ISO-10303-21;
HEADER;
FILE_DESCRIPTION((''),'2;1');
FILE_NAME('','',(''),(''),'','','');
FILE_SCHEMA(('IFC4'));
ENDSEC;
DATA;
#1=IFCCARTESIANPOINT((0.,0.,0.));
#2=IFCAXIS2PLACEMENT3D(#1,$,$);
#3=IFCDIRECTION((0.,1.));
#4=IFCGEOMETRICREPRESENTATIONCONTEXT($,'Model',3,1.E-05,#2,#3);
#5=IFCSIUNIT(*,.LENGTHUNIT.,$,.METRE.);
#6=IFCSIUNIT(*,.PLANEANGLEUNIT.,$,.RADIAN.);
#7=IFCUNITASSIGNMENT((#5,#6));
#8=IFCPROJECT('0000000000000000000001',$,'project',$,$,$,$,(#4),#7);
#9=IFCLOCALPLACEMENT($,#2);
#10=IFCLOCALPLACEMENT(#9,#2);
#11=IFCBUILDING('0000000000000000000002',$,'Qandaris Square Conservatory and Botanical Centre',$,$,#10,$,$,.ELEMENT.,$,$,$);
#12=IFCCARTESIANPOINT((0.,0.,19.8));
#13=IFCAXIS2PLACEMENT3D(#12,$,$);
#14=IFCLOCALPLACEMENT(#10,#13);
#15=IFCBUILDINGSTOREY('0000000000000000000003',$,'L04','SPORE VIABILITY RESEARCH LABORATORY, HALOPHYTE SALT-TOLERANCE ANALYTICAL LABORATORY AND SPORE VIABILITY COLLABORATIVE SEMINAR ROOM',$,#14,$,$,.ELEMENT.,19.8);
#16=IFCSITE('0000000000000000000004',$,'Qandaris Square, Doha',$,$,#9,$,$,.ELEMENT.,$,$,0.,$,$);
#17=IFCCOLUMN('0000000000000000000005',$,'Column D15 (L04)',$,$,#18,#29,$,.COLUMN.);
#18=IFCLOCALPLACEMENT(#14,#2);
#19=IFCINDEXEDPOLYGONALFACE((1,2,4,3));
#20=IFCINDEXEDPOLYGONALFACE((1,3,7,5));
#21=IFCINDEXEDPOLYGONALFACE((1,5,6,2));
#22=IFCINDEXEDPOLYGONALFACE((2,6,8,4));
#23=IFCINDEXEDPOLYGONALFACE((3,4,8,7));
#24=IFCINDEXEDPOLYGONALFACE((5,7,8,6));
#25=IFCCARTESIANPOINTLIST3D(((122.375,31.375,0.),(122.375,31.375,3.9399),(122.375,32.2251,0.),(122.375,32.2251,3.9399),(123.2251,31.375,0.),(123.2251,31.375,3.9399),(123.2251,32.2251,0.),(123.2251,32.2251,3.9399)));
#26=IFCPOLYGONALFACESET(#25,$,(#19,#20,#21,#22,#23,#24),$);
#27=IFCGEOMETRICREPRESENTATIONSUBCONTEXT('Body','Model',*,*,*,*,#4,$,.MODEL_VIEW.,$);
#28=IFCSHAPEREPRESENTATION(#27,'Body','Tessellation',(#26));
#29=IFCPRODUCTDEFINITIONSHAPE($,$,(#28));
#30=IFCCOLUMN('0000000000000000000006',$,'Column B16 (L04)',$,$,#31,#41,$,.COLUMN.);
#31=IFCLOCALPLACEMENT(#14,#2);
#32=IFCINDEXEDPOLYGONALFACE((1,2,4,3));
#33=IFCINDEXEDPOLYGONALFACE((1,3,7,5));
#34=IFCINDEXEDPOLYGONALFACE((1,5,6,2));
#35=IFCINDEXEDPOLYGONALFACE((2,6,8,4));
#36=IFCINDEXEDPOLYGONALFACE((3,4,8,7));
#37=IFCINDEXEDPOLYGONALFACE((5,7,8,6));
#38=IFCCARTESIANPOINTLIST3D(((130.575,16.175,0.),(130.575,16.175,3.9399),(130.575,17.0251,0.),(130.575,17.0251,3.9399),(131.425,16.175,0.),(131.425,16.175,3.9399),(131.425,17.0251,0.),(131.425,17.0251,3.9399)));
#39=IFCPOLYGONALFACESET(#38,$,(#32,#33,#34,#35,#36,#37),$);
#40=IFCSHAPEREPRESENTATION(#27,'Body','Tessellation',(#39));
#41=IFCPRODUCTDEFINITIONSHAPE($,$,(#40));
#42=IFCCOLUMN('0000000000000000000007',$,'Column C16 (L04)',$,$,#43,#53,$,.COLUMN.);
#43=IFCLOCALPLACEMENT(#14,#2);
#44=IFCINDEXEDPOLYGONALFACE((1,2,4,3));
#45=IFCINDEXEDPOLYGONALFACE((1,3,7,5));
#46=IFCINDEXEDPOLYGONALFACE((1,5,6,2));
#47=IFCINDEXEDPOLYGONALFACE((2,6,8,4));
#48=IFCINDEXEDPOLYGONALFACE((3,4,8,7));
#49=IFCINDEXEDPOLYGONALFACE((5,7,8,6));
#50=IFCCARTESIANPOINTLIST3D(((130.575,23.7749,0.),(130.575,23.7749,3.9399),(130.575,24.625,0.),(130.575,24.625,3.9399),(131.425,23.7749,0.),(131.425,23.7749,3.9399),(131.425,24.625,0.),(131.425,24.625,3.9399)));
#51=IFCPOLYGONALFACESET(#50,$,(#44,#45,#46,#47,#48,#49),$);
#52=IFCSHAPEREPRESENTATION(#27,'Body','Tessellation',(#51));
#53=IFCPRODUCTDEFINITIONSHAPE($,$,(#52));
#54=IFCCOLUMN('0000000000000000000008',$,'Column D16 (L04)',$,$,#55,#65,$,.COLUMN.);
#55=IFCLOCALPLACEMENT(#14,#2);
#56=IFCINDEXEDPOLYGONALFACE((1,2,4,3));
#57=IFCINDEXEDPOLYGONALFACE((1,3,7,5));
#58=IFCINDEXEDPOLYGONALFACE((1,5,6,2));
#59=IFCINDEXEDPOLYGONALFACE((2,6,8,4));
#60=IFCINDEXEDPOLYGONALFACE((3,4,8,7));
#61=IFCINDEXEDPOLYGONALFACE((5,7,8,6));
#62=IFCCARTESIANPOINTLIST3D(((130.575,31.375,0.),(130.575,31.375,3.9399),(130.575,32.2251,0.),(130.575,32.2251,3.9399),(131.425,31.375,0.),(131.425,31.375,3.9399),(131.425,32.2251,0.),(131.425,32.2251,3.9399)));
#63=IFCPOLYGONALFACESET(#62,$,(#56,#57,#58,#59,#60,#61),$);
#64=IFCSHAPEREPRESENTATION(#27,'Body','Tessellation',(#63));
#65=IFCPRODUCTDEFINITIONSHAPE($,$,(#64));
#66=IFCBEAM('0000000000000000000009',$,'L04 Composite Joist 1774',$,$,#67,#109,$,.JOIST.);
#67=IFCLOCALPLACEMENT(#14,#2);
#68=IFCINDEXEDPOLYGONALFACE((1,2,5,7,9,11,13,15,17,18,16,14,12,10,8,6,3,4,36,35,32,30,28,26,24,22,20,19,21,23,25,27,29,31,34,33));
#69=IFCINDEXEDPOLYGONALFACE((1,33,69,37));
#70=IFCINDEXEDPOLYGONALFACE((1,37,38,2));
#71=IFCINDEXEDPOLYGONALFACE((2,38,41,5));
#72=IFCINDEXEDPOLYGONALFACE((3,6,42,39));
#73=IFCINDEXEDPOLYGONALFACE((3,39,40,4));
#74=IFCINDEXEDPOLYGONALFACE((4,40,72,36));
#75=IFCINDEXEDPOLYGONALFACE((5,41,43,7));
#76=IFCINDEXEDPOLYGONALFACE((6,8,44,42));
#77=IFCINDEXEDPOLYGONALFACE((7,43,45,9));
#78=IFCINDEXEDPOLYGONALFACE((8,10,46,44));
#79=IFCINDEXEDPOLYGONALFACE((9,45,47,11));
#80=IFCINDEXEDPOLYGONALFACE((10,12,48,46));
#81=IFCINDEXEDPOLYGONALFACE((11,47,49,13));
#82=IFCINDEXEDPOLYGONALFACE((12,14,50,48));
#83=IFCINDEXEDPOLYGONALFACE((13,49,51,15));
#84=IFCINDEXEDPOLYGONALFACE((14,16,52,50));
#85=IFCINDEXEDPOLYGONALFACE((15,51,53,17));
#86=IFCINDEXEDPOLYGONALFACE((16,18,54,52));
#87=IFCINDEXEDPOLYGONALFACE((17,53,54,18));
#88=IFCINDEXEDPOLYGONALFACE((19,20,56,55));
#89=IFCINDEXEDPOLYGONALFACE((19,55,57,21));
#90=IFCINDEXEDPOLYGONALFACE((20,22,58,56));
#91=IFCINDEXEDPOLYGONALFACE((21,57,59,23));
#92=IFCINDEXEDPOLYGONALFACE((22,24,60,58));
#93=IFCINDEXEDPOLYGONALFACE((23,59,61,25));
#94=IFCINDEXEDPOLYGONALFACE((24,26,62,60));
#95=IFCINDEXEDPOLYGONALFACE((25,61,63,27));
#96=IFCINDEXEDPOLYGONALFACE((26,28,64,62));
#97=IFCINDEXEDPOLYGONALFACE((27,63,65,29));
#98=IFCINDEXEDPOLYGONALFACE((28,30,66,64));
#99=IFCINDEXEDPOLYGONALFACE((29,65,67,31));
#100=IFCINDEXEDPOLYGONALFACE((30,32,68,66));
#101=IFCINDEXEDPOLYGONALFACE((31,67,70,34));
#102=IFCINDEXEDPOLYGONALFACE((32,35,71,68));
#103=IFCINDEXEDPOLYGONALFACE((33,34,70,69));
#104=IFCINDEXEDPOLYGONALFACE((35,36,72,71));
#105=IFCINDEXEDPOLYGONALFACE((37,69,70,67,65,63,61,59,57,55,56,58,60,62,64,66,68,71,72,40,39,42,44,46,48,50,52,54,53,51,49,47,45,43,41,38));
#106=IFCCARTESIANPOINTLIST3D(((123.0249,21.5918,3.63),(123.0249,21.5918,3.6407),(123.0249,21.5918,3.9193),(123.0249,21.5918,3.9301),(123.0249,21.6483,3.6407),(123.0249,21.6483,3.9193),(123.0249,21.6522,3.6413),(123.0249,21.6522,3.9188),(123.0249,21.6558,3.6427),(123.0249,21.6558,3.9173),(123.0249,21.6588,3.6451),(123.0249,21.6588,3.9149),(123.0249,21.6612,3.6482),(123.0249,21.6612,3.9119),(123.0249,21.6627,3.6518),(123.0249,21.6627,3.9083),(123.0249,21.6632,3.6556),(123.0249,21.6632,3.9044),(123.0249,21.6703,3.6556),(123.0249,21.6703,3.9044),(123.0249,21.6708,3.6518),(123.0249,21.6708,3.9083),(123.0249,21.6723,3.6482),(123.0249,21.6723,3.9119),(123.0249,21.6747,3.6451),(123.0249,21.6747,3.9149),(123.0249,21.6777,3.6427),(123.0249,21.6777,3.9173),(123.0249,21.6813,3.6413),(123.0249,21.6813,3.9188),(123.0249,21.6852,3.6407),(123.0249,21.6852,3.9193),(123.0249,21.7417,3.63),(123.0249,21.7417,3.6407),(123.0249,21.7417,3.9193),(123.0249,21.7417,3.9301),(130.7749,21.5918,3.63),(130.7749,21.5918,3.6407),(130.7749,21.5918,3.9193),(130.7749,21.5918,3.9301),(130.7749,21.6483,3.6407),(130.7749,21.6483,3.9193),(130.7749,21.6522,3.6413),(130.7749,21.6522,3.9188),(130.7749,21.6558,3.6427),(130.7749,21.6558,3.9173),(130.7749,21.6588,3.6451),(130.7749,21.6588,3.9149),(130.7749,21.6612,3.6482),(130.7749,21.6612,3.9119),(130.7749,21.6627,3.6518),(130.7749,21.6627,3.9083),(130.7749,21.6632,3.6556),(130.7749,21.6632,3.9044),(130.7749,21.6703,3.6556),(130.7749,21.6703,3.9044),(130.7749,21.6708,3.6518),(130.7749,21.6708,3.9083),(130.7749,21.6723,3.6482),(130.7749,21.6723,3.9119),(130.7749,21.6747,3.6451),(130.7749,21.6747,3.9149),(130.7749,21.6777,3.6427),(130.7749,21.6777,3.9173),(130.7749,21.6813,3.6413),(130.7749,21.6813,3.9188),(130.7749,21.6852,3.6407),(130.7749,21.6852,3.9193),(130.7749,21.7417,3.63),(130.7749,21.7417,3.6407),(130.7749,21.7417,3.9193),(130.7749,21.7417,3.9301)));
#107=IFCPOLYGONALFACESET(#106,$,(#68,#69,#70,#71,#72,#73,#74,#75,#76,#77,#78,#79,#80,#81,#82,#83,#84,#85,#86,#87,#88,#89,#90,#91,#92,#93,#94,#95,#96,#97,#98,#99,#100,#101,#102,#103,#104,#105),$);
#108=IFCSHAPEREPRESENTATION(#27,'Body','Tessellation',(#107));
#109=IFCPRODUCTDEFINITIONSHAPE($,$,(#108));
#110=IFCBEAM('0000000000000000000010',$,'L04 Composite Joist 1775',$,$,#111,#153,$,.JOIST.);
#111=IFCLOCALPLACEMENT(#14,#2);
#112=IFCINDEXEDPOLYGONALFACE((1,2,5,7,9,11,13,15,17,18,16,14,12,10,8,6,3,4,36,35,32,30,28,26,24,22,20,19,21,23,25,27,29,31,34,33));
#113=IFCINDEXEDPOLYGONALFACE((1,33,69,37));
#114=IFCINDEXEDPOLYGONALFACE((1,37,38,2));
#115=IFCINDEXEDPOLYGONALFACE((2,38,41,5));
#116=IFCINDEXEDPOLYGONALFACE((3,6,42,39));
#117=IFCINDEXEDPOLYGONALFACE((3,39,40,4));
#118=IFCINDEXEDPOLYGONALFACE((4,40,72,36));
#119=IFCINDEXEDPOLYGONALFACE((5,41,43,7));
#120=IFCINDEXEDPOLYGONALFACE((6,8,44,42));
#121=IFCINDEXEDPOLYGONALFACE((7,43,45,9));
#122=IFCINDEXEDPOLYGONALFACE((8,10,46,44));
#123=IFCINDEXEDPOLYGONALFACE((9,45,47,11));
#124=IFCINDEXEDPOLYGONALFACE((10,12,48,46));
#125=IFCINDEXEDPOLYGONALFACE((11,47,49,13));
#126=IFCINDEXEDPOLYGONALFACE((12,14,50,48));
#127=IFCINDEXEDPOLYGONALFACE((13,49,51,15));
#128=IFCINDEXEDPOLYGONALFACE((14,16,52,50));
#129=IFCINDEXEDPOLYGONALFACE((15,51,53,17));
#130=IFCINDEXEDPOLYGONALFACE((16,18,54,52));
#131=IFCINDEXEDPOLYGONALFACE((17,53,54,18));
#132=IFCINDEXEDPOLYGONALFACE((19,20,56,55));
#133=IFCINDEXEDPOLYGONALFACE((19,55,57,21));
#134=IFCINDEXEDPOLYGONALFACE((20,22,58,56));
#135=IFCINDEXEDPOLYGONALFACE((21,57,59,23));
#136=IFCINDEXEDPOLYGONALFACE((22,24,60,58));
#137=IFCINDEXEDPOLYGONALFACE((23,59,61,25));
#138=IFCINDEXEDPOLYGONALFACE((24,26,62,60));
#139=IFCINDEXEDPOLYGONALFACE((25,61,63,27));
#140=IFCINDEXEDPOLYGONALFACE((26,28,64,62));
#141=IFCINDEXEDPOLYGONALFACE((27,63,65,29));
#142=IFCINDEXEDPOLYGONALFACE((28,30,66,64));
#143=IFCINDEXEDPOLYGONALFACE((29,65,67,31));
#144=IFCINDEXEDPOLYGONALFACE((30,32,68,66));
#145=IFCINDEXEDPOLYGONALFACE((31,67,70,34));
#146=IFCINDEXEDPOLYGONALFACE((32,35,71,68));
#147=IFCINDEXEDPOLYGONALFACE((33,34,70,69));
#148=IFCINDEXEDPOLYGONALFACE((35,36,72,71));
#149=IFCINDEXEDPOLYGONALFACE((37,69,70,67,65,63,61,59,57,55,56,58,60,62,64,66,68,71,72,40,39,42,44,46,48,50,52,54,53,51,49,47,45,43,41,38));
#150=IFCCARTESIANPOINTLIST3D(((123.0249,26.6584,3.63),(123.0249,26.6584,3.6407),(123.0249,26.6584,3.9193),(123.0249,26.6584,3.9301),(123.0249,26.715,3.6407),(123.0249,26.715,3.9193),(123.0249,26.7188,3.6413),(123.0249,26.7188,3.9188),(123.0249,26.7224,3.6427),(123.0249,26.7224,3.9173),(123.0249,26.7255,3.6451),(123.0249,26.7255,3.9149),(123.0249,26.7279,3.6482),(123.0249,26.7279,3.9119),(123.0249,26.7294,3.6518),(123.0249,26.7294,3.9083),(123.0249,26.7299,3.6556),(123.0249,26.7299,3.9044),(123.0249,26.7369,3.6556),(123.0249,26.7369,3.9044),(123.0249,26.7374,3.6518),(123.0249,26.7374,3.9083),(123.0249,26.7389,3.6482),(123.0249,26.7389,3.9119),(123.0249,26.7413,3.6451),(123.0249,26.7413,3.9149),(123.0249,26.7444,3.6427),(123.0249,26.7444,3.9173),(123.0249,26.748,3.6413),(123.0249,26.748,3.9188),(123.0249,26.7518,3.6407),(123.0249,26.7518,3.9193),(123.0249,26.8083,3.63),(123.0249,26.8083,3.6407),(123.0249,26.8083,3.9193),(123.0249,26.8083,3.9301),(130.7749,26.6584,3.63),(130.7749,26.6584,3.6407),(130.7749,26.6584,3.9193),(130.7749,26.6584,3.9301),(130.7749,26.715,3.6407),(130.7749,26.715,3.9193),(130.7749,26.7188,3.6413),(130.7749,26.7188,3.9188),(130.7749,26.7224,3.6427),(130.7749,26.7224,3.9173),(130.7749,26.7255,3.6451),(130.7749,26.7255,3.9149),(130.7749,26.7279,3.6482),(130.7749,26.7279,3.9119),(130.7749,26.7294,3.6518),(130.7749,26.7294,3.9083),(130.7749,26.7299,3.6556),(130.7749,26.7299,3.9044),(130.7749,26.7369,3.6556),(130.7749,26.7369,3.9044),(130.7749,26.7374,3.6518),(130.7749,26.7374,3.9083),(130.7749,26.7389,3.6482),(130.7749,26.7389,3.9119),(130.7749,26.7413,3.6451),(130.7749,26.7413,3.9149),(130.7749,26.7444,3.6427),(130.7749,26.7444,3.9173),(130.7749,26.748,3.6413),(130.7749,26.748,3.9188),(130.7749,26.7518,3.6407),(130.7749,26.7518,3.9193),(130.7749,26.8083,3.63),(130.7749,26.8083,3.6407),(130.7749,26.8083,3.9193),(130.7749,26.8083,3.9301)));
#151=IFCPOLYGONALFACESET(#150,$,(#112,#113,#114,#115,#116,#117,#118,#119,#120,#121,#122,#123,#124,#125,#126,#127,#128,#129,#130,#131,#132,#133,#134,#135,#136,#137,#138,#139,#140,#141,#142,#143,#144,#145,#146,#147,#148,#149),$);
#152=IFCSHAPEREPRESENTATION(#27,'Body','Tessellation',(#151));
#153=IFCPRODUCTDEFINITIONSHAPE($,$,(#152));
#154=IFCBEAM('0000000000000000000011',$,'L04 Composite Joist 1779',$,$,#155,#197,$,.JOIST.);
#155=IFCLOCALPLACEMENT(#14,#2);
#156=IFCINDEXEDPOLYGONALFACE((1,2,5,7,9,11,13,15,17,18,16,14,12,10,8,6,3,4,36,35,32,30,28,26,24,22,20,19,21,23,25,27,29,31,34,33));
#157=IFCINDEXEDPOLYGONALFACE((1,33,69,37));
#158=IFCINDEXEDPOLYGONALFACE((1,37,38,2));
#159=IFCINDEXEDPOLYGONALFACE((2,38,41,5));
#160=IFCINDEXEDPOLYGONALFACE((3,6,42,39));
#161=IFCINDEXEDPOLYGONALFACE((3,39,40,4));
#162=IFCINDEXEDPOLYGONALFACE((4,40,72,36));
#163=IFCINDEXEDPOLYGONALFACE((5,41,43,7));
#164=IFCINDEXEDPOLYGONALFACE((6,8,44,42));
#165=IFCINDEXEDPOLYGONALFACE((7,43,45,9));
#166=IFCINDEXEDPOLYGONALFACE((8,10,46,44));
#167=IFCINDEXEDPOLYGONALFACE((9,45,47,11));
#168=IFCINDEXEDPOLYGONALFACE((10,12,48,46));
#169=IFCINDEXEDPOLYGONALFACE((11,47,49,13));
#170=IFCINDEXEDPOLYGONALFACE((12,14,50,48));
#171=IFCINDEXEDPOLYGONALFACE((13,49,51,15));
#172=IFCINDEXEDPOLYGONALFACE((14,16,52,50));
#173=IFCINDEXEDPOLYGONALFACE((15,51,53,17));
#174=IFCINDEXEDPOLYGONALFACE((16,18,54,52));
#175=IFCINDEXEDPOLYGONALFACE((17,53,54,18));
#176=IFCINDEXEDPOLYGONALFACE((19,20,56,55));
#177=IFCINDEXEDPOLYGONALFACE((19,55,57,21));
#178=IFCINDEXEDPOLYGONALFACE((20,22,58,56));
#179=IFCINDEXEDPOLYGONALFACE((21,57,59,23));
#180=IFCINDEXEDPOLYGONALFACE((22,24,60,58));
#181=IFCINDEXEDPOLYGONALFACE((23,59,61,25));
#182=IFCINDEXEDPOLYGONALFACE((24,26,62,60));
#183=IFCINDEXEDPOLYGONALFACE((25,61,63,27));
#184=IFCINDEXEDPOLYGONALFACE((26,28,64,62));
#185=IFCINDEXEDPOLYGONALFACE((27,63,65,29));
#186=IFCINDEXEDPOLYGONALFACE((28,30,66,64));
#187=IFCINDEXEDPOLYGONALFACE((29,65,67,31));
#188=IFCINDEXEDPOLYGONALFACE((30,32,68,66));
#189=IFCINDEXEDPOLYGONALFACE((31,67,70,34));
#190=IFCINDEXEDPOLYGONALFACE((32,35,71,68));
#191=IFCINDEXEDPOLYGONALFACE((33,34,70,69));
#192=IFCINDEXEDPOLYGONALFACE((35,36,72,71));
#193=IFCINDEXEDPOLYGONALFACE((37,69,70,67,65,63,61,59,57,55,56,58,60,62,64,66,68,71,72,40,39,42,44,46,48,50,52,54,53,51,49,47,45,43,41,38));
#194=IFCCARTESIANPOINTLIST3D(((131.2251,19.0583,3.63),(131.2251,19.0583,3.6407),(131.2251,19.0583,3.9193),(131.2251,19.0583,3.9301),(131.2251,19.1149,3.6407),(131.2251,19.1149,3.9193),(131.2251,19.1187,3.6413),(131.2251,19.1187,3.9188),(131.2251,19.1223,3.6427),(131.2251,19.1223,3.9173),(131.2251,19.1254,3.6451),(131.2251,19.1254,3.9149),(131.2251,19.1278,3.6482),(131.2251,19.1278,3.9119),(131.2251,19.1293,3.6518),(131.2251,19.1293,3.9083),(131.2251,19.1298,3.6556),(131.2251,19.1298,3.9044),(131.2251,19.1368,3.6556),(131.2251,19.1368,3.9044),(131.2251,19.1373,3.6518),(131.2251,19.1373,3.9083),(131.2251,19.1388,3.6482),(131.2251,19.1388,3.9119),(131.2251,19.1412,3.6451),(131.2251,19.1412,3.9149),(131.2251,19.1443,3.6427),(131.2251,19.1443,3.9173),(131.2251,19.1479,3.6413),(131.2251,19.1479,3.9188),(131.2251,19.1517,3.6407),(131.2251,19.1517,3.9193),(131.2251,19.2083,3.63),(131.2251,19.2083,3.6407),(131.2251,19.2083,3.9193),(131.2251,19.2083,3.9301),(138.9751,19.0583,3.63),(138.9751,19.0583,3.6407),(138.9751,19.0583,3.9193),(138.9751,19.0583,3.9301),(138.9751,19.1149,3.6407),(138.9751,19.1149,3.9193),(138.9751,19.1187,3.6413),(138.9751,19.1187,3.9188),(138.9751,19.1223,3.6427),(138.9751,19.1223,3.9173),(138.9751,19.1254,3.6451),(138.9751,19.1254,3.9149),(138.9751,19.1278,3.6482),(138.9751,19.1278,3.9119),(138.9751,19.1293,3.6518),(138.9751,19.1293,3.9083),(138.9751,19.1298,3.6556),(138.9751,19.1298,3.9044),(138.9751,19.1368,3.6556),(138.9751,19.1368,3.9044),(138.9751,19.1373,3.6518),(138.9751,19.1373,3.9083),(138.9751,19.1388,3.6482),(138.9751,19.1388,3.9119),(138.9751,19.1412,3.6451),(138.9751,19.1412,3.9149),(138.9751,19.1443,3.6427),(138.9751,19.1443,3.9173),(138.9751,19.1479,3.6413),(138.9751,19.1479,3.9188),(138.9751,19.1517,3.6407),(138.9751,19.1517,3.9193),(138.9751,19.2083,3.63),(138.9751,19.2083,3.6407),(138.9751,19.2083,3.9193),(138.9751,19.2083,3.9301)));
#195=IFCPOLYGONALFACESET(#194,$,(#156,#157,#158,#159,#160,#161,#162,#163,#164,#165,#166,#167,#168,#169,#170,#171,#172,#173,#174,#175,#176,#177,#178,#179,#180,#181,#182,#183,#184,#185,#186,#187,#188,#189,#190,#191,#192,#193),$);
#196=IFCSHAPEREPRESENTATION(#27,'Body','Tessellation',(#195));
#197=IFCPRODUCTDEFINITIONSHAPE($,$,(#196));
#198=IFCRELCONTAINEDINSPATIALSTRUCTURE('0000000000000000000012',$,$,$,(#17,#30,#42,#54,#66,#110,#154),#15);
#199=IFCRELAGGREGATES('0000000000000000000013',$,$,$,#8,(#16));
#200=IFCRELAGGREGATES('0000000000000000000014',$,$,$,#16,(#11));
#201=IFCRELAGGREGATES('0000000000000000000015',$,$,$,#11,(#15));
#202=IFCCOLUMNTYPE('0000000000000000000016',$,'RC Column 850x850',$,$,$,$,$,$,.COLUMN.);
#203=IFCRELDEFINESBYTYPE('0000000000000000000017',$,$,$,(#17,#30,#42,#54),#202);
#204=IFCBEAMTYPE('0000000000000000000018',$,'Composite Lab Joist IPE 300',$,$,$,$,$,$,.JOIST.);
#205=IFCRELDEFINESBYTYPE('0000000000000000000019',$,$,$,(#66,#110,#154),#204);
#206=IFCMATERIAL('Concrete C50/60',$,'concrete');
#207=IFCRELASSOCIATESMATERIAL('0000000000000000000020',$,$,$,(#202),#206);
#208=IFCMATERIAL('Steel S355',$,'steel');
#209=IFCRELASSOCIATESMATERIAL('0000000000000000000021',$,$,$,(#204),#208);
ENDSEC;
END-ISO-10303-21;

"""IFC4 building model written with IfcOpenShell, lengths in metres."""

from ifc_helpers import new_model, si_unit, direction, frame, origin, origin_2d, place, context, subcontext, project, spatial, rectangle, i_section, extrude, material, material_profile, profile_set, type_object, element, save


model = new_model("IFC4")

# Units and contexts
model_context = context("Model", 3, precision=1e-05, world=origin(), true_north=direction((0.0, 1.0)))
body_context = subcontext(model_context, "Body", "Model", "MODEL_VIEW")
ifc_project = project(units=[si_unit("LENGTHUNIT", "METRE"), si_unit("PLANEANGLEUNIT", "RADIAN")], contexts=[model_context])

# Site, building, storey
site_placement = place(None, origin())
site = spatial("IfcSite", under=ifc_project, at=site_placement, Name="Qandaris Square, Doha", CompositionType="ELEMENT", RefElevation=0.0)
building_placement = place(site_placement, origin())
building = spatial("IfcBuilding", under=site, at=building_placement, Name="Qandaris Square Conservatory and Botanical Centre", CompositionType="ELEMENT")
storey_placement = place(building_placement, frame((0.0, 0.0, 19.8)))
storey = spatial("IfcBuildingStorey", under=building, at=storey_placement, Name="L04", Description="SPORE VIABILITY RESEARCH LABORATORY, HALOPHYTE SALT-TOLERANCE ANALYTICAL LABORATORY AND SPORE VIABILITY COLLABORATIVE SEMINAR ROOM", CompositionType="ELEMENT", Elevation=19.8)

# Columns
ifc_material_1 = material(Name="Concrete C50/60", Category="concrete")
ifc_material_profile_1 = material_profile(ifc_material_1, rectangle(XDim=0.8501, YDim=0.8501, at=origin_2d()), Name="RC-COL 850x850")
ifc_profile_set_1 = profile_set([ifc_material_profile_1], Name="Concrete C50/60")
column_type = type_object("IfcColumnType", Name="RC Column 850x850", PredefinedType="COLUMN", material=ifc_profile_set_1)
for number, where, z_axis, x_axis, name in (
    (1, (122.8, 31.8, 0.0), (0.0, 0.0, 1.0), (1.0, 0.0, 0.0), "Column D15 (L04)"),
    (2, (131.0, 16.6001, 0.0), (0.0, 0.0, 1.0), (1.0, 0.0, 0.0), "Column B16 (L04)"),
    (3, (131.0, 24.2, 0.0), (0.0, 0.0, 1.0), (1.0, 0.0, 0.0), "Column C16 (L04)"),
    (4, (131.0, 31.8, 0.0), (0.0, 0.0, 1.0), (1.0, 0.0, 0.0), "Column D16 (L04)"),
):
    element("IfcColumn", number, at=place(storey_placement, frame(where, z_axis=z_axis, x_axis=x_axis)), inside=storey, type_object=column_type, Name=name, PredefinedType="COLUMN", context=body_context, shape_type="SweptSolid", body=[
        extrude(rectangle(XDim=0.8501, YDim=0.8501, at=origin_2d()), origin(), (0.0, 0.0, 1.0), 3.9399),
    ])

# Beams
ifc_material_2 = material(Name="Steel S355", Category="steel")
ifc_material_profile_2 = material_profile(ifc_material_2, i_section(OverallWidth=0.1499, OverallDepth=0.3, WebThickness=0.0071, FlangeThickness=0.0107, FilletRadius=0.0149, at=origin_2d()), Name="IPE 300")
ifc_profile_set_2 = profile_set([ifc_material_profile_2], Name="Steel S355")
beam_type_1 = type_object("IfcBeamType", Name="Composite Lab Joist IPE 300", PredefinedType="JOIST", material=ifc_profile_set_2)
for number, where, z_axis, x_axis, name in (
    (5, (123.0249, 21.6667, 3.78), (1.0, 0.0, 0.0), (0.0, 1.0, 0.0), "L04 Composite Joist 1774"),
    (6, (123.0249, 26.7334, 3.78), (1.0, 0.0, 0.0), (0.0, 1.0, 0.0), "L04 Composite Joist 1775"),
    (7, (131.2251, 19.1333, 3.78), (1.0, 0.0, 0.0), (0.0, 1.0, 0.0), "L04 Composite Joist 1779"),
):
    element("IfcBeam", number, at=place(storey_placement, frame(where, z_axis=z_axis, x_axis=x_axis)), inside=storey, type_object=beam_type_1, Name=name, PredefinedType="JOIST", context=body_context, shape_type="SweptSolid", body=[
        extrude(i_section(OverallWidth=0.1499, OverallDepth=0.3, WebThickness=0.0071, FlangeThickness=0.0107, FilletRadius=0.0149, at=origin_2d()), origin(), (0.0, 0.0, 1.0), 7.75),
    ])

save(model, "model.ifc")
